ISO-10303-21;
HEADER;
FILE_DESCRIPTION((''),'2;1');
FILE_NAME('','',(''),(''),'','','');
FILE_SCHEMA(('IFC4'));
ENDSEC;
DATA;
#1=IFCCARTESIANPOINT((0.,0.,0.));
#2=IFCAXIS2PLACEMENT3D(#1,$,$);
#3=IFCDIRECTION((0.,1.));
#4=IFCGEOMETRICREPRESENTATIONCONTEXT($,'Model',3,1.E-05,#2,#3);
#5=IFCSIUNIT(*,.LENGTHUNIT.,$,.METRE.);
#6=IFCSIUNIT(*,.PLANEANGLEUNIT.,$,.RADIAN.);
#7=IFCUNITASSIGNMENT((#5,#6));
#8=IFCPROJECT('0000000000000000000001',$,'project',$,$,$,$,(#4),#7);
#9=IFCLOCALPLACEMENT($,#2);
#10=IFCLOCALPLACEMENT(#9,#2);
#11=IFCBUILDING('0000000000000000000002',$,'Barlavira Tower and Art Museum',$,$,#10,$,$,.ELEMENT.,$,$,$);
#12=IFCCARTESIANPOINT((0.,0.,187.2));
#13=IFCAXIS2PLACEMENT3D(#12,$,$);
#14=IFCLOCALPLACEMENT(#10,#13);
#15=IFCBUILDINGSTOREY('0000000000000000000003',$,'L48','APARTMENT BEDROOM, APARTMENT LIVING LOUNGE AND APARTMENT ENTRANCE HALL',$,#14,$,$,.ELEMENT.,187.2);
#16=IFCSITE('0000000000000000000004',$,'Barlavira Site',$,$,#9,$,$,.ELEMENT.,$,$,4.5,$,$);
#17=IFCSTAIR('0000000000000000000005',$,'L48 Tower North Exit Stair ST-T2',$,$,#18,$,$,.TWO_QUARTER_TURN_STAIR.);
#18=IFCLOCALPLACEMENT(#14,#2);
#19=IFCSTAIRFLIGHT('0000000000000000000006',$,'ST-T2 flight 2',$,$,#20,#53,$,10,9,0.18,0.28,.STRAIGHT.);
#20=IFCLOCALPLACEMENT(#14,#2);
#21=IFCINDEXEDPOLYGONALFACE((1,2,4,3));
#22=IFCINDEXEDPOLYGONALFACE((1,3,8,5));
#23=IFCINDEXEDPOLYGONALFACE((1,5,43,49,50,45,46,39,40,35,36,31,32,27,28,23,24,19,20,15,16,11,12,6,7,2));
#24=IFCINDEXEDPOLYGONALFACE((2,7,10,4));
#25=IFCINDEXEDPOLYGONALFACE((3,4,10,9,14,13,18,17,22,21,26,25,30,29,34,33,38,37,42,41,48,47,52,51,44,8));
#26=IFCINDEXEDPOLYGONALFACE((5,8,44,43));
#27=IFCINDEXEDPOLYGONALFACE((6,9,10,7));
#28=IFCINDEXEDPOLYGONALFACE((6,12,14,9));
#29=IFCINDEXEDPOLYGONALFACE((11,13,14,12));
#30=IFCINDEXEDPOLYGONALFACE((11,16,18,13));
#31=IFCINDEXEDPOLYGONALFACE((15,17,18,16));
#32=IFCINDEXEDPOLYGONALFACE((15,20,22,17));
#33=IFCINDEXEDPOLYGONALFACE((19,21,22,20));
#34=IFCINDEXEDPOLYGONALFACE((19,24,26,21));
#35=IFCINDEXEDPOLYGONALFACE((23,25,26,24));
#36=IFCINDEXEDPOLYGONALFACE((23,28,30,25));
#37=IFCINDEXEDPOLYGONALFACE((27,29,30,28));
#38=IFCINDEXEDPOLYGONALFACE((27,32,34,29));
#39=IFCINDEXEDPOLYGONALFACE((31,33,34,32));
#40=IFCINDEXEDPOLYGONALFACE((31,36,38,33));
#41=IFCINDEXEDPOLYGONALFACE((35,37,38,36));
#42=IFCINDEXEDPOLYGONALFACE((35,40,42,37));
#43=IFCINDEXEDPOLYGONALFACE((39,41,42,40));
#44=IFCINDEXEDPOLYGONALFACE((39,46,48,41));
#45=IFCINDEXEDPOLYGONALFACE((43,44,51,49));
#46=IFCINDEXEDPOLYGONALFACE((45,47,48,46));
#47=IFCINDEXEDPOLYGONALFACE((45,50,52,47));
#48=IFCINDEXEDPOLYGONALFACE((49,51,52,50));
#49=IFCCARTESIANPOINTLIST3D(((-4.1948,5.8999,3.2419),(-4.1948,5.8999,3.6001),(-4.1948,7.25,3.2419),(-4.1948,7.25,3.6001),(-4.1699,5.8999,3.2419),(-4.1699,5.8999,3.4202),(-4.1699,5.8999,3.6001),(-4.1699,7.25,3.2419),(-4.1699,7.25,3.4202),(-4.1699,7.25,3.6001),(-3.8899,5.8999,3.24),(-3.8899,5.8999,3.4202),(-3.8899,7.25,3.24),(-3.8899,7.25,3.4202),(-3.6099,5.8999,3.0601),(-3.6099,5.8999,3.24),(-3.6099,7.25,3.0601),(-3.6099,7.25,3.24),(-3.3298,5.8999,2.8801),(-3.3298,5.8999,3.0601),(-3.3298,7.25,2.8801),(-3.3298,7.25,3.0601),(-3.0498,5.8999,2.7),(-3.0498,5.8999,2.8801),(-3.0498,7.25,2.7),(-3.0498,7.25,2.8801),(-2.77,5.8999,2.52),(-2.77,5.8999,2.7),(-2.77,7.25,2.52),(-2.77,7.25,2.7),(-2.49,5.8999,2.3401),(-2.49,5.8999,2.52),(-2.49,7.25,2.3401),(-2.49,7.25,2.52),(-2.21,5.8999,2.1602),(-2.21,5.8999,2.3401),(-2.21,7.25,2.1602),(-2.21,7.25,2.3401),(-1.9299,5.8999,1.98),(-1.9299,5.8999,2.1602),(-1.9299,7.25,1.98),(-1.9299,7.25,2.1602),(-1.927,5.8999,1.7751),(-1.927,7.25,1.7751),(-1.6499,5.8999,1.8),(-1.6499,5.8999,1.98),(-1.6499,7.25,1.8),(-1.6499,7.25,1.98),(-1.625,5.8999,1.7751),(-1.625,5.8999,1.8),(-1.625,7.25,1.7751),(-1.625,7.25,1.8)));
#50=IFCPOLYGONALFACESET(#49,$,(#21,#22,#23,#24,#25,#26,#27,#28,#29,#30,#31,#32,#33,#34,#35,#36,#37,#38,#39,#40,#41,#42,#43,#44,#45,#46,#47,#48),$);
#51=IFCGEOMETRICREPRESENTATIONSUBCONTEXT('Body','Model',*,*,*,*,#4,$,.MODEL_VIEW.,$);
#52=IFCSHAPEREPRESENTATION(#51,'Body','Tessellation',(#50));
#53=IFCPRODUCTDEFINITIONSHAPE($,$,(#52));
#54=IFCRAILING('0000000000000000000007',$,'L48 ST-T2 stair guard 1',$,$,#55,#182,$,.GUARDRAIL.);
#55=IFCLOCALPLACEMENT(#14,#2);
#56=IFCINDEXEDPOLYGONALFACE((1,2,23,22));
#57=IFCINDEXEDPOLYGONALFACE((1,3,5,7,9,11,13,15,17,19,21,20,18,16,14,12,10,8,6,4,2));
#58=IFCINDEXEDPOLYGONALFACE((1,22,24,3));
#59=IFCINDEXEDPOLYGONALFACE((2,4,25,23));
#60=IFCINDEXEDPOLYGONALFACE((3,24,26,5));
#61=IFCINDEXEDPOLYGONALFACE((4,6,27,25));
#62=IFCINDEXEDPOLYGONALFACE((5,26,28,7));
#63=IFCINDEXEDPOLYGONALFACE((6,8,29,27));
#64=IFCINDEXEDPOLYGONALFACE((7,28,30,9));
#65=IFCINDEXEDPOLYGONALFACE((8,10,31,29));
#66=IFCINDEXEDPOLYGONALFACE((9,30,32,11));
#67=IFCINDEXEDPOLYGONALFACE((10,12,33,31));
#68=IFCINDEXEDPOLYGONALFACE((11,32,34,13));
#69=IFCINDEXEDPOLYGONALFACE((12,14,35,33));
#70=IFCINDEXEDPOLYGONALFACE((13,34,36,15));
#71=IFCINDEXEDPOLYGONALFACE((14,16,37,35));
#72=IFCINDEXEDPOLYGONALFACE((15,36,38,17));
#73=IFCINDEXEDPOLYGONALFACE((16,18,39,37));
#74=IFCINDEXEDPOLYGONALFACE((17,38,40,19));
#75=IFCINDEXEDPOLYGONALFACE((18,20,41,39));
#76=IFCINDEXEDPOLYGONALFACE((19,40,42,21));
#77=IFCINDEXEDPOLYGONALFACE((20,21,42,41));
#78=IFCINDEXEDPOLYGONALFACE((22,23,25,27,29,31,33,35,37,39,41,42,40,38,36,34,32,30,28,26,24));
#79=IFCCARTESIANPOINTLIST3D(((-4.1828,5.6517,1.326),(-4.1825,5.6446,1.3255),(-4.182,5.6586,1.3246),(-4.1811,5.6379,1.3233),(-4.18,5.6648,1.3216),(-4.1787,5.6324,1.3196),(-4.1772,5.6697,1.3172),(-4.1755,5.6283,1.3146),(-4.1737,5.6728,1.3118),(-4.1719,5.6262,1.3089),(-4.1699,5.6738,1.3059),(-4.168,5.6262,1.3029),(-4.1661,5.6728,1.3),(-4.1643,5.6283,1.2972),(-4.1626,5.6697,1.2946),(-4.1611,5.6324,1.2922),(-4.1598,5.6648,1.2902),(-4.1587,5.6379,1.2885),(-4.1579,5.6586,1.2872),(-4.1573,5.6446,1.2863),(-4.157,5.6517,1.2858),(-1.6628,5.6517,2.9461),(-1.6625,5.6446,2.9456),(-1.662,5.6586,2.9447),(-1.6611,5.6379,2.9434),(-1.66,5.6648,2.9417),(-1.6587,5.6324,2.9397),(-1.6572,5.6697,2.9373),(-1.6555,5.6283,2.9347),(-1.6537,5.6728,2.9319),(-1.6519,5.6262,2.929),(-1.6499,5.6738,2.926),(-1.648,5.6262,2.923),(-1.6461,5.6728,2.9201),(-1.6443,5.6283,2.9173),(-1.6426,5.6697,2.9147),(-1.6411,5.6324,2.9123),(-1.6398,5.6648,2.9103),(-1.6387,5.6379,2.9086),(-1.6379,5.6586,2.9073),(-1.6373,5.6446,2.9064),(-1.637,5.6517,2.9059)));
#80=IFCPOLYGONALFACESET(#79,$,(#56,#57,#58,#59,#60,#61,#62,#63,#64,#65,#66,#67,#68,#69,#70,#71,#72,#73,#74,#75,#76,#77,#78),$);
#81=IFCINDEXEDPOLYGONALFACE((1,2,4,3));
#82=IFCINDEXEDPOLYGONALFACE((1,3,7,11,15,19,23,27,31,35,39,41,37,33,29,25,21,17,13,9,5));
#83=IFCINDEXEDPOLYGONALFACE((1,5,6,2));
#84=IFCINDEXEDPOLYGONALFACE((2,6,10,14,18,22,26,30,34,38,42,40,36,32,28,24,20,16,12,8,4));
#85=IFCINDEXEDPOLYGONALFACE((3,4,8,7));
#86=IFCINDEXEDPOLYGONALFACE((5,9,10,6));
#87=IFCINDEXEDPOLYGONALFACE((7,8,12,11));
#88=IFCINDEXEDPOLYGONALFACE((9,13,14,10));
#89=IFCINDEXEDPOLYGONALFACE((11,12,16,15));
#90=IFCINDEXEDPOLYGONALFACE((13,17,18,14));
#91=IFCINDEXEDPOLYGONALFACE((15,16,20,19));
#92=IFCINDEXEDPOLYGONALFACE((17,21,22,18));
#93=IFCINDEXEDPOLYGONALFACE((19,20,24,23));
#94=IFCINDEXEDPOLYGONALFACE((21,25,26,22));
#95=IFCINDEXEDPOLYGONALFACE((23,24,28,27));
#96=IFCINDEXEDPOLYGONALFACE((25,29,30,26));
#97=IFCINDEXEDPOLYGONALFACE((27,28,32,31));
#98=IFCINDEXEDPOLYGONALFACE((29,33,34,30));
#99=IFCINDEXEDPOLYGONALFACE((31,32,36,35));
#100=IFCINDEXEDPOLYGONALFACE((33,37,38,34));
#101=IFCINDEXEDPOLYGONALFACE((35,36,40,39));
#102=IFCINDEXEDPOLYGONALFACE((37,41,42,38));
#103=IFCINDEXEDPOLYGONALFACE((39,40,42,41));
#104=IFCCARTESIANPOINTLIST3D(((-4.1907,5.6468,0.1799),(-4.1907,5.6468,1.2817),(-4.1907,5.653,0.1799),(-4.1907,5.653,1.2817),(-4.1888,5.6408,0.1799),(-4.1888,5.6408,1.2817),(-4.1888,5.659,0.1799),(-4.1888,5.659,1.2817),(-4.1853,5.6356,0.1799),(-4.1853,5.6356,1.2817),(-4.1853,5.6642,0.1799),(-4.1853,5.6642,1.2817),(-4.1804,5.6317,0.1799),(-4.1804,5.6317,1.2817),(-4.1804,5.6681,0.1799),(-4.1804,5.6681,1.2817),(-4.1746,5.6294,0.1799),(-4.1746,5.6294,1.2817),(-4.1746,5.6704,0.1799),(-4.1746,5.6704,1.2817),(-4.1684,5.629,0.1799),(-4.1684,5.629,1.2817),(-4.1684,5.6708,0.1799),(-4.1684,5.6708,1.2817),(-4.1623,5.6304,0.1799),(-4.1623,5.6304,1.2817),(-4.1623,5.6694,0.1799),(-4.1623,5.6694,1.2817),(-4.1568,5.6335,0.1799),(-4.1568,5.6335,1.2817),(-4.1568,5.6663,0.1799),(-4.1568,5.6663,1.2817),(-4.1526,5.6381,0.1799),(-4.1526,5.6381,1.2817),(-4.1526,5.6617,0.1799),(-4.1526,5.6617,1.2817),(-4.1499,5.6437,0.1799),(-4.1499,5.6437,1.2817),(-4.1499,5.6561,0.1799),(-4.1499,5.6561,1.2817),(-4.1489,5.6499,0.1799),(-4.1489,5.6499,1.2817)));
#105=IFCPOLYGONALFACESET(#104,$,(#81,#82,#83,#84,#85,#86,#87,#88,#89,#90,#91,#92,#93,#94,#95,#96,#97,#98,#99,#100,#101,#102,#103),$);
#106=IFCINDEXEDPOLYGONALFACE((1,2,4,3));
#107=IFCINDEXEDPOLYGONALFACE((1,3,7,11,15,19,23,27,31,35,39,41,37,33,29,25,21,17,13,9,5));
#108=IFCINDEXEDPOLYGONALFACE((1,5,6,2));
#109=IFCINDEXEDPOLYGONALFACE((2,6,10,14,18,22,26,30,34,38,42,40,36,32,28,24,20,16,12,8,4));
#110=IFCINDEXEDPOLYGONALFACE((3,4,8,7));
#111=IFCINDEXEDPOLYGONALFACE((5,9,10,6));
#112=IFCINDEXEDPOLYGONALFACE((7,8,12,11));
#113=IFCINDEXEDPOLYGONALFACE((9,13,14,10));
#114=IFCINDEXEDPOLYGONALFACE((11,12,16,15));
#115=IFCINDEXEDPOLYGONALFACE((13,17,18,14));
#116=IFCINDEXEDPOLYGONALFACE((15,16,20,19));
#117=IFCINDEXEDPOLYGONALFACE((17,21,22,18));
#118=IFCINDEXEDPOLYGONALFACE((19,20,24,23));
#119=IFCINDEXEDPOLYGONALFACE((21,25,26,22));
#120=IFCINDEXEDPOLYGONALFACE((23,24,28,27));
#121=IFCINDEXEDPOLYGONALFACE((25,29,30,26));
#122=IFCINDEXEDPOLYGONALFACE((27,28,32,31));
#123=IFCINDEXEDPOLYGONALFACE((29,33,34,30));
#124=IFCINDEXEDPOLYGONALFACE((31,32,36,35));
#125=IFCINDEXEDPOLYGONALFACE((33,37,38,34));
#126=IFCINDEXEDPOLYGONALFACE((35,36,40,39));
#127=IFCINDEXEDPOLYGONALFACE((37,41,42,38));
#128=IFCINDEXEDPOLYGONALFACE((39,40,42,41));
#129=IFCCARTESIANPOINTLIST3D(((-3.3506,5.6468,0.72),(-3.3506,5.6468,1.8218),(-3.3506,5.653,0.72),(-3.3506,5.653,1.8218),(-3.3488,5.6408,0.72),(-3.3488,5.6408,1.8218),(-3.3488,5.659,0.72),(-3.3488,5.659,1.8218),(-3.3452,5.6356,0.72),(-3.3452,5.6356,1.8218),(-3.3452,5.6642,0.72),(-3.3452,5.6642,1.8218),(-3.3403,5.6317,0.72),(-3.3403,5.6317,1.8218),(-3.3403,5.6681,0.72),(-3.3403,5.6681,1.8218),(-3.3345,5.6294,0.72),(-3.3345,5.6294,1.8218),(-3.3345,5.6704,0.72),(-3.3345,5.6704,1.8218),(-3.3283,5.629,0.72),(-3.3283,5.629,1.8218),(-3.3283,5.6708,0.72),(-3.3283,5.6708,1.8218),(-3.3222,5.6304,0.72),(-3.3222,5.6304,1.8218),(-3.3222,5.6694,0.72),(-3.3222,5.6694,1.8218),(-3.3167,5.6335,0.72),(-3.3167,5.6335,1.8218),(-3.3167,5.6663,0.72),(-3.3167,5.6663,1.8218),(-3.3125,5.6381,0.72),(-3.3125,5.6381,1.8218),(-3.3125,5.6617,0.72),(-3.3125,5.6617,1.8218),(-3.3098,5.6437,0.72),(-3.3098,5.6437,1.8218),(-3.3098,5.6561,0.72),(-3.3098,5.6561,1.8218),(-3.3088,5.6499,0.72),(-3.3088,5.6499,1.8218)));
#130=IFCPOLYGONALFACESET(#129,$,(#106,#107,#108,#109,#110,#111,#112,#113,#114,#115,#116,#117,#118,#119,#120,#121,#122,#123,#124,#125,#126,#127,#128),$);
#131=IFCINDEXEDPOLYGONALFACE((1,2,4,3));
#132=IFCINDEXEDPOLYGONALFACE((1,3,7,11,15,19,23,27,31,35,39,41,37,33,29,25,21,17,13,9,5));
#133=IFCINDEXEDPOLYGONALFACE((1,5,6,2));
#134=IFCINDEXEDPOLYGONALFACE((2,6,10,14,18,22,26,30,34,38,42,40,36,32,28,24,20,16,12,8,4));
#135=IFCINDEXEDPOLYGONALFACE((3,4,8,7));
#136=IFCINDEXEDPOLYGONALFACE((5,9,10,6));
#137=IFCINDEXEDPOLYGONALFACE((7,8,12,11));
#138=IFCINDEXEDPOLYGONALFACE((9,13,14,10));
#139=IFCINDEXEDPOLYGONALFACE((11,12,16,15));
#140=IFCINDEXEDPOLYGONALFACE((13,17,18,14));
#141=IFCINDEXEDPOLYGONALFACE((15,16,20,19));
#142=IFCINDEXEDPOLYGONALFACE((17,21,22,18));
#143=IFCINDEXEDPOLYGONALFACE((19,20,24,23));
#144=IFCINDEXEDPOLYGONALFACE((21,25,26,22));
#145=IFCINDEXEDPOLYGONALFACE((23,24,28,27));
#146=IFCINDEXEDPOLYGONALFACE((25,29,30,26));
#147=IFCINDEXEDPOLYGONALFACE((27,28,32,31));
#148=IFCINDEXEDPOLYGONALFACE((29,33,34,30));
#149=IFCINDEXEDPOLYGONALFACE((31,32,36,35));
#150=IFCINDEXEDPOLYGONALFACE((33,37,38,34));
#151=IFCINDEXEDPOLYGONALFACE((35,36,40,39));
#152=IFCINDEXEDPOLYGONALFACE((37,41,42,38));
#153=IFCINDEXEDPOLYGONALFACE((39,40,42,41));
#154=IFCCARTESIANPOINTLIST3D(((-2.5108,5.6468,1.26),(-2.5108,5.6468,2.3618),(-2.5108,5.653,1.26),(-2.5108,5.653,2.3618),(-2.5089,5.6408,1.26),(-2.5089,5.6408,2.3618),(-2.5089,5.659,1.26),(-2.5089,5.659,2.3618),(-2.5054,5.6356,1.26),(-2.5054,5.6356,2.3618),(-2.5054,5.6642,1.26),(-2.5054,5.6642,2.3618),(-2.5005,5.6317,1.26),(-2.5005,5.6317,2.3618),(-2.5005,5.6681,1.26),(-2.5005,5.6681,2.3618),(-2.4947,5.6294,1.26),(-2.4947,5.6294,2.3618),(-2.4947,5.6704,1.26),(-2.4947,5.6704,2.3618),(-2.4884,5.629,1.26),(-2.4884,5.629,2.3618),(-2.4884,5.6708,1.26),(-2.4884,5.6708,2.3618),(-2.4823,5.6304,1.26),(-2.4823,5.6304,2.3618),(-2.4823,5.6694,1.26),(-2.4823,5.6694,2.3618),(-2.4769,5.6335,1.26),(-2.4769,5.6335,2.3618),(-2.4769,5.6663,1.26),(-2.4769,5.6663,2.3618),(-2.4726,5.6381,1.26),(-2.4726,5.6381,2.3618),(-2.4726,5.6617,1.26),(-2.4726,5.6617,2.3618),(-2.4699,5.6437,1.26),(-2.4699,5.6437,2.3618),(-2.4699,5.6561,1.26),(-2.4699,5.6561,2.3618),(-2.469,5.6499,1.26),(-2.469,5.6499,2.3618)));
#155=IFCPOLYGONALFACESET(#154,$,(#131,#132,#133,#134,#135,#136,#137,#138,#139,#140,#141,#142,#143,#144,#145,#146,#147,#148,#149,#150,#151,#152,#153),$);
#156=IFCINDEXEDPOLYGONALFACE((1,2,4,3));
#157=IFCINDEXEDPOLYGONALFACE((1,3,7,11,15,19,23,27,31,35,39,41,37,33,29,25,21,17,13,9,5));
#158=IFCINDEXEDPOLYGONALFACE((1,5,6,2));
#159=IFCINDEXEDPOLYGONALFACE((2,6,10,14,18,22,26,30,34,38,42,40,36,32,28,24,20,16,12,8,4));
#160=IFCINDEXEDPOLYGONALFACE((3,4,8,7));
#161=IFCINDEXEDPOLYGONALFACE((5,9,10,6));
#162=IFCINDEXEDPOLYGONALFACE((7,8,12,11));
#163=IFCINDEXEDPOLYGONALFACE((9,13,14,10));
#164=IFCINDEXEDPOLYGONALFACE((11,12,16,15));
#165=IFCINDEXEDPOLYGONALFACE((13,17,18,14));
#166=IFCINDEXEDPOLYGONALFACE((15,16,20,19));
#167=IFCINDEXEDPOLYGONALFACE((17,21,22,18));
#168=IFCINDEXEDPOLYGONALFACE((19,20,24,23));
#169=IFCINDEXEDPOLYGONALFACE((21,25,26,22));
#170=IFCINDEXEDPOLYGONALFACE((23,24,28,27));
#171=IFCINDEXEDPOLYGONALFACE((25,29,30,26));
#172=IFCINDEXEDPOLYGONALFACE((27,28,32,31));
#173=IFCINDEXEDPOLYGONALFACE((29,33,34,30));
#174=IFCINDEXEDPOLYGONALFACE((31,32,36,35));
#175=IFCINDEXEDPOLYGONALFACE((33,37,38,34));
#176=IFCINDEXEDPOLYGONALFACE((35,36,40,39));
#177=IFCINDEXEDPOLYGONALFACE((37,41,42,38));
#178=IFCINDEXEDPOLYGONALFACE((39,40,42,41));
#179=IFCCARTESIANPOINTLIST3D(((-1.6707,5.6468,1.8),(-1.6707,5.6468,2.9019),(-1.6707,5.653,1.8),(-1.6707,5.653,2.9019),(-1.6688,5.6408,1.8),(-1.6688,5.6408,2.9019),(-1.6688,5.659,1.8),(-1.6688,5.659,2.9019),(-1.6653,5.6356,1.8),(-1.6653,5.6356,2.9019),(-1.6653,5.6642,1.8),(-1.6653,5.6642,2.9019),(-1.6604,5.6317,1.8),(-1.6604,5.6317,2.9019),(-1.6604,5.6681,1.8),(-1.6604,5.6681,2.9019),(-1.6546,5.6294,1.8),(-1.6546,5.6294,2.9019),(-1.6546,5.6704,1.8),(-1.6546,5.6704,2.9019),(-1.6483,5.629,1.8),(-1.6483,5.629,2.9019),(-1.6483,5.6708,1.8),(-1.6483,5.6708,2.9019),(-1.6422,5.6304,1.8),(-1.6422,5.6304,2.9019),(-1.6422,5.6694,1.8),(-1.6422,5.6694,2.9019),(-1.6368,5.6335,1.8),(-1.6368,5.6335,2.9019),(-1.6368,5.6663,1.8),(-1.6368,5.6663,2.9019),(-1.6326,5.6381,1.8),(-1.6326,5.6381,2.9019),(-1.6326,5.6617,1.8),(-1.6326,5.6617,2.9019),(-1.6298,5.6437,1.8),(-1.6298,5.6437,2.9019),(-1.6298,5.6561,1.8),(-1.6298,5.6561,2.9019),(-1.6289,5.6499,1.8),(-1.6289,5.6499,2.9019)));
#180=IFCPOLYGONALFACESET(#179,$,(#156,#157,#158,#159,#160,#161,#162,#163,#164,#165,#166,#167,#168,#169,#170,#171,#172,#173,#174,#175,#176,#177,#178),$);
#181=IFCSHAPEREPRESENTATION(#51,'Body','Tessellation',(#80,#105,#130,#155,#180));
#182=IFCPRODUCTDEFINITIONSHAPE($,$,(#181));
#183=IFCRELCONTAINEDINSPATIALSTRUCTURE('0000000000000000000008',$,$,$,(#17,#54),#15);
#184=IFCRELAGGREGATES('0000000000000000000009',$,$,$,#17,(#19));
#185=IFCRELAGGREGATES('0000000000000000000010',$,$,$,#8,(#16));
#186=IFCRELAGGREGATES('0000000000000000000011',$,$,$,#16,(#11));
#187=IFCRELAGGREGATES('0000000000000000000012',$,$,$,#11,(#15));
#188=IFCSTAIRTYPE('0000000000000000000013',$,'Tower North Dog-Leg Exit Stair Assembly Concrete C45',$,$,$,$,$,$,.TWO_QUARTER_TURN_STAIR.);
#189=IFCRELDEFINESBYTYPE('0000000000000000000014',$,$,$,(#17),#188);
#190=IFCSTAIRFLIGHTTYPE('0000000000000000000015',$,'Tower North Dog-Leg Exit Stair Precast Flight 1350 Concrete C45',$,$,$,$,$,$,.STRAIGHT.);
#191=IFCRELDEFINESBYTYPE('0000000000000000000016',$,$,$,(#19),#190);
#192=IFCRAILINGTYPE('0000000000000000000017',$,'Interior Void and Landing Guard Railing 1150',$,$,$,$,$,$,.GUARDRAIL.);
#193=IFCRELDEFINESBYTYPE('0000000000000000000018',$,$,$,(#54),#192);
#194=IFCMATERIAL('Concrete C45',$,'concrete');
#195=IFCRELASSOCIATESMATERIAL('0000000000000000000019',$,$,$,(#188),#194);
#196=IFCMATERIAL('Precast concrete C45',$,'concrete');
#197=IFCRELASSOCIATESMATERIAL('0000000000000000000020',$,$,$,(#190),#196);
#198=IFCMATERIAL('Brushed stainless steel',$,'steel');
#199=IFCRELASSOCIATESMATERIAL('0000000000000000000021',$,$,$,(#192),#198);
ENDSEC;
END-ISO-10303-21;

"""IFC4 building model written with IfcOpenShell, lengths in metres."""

from ifc_helpers import new_model, si_unit, direction, frame, origin, origin_2d, place, context, subcontext, project, spatial, polyline, circle, outline, extrude, material, type_object, element, aggregate, save


model = new_model("IFC4")

# Units and contexts
model_context = context("Model", 3, precision=1e-05, world=origin(), true_north=direction((0.0, 1.0)))
body_context = subcontext(model_context, "Body", "Model", "MODEL_VIEW")
ifc_project = project(units=[si_unit("LENGTHUNIT", "METRE"), si_unit("PLANEANGLEUNIT", "RADIAN")], contexts=[model_context])

# Site, building, storey
site_placement = place(None, origin())
site = spatial("IfcSite", under=ifc_project, at=site_placement, Name="Barlavira Site", CompositionType="ELEMENT", RefElevation=4.5)
building_placement = place(site_placement, origin())
building = spatial("IfcBuilding", under=site, at=building_placement, Name="Barlavira Tower and Art Museum", CompositionType="ELEMENT")
storey_placement = place(building_placement, frame((0.0, 0.0, 187.2)))
storey = spatial("IfcBuildingStorey", under=building, at=storey_placement, Name="L48", Description="APARTMENT BEDROOM, APARTMENT LIVING LOUNGE AND APARTMENT ENTRANCE HALL", CompositionType="ELEMENT", Elevation=187.2)

# Shared definitions
ifc_material_1 = material(Name="Brushed stainless steel", Category="steel")

# Stair, stair flight
ifc_material_2 = material(Name="Concrete C45", Category="concrete")
stair_type = type_object("IfcStairType", Name="Tower North Dog-Leg Exit Stair Assembly Concrete C45", PredefinedType="TWO_QUARTER_TURN_STAIR", material=ifc_material_2)
stair_placement = place(storey_placement, origin())
stair = element("IfcStair", 1, at=stair_placement, inside=storey, type_object=stair_type, Name="L48 Tower North Exit Stair ST-T2", PredefinedType="TWO_QUARTER_TURN_STAIR")
ifc_material_3 = material(Name="Precast concrete C45", Category="concrete")
stair_flight_type = type_object("IfcStairFlightType", Name="Tower North Dog-Leg Exit Stair Precast Flight 1350 Concrete C45", PredefinedType="STRAIGHT", material=ifc_material_3)
stair_flight_1_placement = place(storey_placement, frame((-1.6499, 6.575, 1.8), z_axis=(0.0, 0.0, 1.0), x_axis=(-1.0, 0.0, 0.0)))
stair_flight_1 = element("IfcStairFlight", 2, at=stair_flight_1_placement, type_object=stair_flight_type, Name="ST-T2 flight 2", NumberOfRisers=10, NumberOfTreads=9, PredefinedType="STRAIGHT", RiserHeight=0.18, TreadLength=0.28, context=body_context, shape_type="SweptSolid", body=[
    extrude(outline(polyline([(-0.0249, 0.0), (0.0, 0.0), (0.0, 0.1799), (0.28, 0.1799), (0.28, 0.3601), (0.5601, 0.3601), (0.5601, 0.54), (0.8401, 0.54), (0.8401, 0.72), (1.1201, 0.72), (1.1201, 0.8999), (1.3999, 0.8999), (1.3999, 1.0801), (1.6799, 1.0801), (1.6799, 1.26), (1.96, 1.26), (1.96, 1.4399), (2.24, 1.4399), (2.24, 1.6201), (2.52, 1.6201), (2.52, 1.8), (2.5449, 1.8), (2.5449, 1.4419), (2.52, 1.4419), (0.2771, -0.0249), (-0.0249, -0.0249), (-0.0249, 0.0)])), frame((0.0, 0.675, 0.0), z_axis=(0.0, -1.0, 0.0), x_axis=(1.0, 0.0, 0.0)), (0.0, 0.0, 1.0), 1.3501),
])
aggregate(stair, [stair_flight_1])

# Railing
railing_type_1 = type_object("IfcRailingType", Name="Interior Void and Landing Guard Railing 1150", PredefinedType="GUARDRAIL", material=ifc_material_1)
railing_1_placement = place(storey_placement, frame((-4.1699, 5.6499, 0.1799)))
element("IfcRailing", 3, at=railing_1_placement, inside=storey, type_object=railing_type_1, Name="L48 ST-T2 stair guard 1", PredefinedType="GUARDRAIL", context=body_context, shape_type="SweptSolid", body=[
    extrude(circle(Radius=0.0239, at=origin_2d()), frame((0.0, 0.0, 1.126), z_axis=(0.841163, 0.0, 0.540782), x_axis=(0.0, 1.0, 0.0)), (0.0, 0.0, 1.0), 2.9958),
    extrude(circle(Radius=0.021, at=origin_2d()), origin(), (0.0, 0.0, 1.0), 1.1018),
    extrude(circle(Radius=0.021, at=origin_2d()), frame((0.8401, 0.0, 0.54)), (0.0, 0.0, 1.0), 1.1018),
    extrude(circle(Radius=0.021, at=origin_2d()), frame((1.6799, 0.0, 1.0801)), (0.0, 0.0, 1.0), 1.1018),
    extrude(circle(Radius=0.021, at=origin_2d()), frame((2.52, 0.0, 1.6201)), (0.0, 0.0, 1.0), 1.1018),
])

save(model, "model.ifc")
